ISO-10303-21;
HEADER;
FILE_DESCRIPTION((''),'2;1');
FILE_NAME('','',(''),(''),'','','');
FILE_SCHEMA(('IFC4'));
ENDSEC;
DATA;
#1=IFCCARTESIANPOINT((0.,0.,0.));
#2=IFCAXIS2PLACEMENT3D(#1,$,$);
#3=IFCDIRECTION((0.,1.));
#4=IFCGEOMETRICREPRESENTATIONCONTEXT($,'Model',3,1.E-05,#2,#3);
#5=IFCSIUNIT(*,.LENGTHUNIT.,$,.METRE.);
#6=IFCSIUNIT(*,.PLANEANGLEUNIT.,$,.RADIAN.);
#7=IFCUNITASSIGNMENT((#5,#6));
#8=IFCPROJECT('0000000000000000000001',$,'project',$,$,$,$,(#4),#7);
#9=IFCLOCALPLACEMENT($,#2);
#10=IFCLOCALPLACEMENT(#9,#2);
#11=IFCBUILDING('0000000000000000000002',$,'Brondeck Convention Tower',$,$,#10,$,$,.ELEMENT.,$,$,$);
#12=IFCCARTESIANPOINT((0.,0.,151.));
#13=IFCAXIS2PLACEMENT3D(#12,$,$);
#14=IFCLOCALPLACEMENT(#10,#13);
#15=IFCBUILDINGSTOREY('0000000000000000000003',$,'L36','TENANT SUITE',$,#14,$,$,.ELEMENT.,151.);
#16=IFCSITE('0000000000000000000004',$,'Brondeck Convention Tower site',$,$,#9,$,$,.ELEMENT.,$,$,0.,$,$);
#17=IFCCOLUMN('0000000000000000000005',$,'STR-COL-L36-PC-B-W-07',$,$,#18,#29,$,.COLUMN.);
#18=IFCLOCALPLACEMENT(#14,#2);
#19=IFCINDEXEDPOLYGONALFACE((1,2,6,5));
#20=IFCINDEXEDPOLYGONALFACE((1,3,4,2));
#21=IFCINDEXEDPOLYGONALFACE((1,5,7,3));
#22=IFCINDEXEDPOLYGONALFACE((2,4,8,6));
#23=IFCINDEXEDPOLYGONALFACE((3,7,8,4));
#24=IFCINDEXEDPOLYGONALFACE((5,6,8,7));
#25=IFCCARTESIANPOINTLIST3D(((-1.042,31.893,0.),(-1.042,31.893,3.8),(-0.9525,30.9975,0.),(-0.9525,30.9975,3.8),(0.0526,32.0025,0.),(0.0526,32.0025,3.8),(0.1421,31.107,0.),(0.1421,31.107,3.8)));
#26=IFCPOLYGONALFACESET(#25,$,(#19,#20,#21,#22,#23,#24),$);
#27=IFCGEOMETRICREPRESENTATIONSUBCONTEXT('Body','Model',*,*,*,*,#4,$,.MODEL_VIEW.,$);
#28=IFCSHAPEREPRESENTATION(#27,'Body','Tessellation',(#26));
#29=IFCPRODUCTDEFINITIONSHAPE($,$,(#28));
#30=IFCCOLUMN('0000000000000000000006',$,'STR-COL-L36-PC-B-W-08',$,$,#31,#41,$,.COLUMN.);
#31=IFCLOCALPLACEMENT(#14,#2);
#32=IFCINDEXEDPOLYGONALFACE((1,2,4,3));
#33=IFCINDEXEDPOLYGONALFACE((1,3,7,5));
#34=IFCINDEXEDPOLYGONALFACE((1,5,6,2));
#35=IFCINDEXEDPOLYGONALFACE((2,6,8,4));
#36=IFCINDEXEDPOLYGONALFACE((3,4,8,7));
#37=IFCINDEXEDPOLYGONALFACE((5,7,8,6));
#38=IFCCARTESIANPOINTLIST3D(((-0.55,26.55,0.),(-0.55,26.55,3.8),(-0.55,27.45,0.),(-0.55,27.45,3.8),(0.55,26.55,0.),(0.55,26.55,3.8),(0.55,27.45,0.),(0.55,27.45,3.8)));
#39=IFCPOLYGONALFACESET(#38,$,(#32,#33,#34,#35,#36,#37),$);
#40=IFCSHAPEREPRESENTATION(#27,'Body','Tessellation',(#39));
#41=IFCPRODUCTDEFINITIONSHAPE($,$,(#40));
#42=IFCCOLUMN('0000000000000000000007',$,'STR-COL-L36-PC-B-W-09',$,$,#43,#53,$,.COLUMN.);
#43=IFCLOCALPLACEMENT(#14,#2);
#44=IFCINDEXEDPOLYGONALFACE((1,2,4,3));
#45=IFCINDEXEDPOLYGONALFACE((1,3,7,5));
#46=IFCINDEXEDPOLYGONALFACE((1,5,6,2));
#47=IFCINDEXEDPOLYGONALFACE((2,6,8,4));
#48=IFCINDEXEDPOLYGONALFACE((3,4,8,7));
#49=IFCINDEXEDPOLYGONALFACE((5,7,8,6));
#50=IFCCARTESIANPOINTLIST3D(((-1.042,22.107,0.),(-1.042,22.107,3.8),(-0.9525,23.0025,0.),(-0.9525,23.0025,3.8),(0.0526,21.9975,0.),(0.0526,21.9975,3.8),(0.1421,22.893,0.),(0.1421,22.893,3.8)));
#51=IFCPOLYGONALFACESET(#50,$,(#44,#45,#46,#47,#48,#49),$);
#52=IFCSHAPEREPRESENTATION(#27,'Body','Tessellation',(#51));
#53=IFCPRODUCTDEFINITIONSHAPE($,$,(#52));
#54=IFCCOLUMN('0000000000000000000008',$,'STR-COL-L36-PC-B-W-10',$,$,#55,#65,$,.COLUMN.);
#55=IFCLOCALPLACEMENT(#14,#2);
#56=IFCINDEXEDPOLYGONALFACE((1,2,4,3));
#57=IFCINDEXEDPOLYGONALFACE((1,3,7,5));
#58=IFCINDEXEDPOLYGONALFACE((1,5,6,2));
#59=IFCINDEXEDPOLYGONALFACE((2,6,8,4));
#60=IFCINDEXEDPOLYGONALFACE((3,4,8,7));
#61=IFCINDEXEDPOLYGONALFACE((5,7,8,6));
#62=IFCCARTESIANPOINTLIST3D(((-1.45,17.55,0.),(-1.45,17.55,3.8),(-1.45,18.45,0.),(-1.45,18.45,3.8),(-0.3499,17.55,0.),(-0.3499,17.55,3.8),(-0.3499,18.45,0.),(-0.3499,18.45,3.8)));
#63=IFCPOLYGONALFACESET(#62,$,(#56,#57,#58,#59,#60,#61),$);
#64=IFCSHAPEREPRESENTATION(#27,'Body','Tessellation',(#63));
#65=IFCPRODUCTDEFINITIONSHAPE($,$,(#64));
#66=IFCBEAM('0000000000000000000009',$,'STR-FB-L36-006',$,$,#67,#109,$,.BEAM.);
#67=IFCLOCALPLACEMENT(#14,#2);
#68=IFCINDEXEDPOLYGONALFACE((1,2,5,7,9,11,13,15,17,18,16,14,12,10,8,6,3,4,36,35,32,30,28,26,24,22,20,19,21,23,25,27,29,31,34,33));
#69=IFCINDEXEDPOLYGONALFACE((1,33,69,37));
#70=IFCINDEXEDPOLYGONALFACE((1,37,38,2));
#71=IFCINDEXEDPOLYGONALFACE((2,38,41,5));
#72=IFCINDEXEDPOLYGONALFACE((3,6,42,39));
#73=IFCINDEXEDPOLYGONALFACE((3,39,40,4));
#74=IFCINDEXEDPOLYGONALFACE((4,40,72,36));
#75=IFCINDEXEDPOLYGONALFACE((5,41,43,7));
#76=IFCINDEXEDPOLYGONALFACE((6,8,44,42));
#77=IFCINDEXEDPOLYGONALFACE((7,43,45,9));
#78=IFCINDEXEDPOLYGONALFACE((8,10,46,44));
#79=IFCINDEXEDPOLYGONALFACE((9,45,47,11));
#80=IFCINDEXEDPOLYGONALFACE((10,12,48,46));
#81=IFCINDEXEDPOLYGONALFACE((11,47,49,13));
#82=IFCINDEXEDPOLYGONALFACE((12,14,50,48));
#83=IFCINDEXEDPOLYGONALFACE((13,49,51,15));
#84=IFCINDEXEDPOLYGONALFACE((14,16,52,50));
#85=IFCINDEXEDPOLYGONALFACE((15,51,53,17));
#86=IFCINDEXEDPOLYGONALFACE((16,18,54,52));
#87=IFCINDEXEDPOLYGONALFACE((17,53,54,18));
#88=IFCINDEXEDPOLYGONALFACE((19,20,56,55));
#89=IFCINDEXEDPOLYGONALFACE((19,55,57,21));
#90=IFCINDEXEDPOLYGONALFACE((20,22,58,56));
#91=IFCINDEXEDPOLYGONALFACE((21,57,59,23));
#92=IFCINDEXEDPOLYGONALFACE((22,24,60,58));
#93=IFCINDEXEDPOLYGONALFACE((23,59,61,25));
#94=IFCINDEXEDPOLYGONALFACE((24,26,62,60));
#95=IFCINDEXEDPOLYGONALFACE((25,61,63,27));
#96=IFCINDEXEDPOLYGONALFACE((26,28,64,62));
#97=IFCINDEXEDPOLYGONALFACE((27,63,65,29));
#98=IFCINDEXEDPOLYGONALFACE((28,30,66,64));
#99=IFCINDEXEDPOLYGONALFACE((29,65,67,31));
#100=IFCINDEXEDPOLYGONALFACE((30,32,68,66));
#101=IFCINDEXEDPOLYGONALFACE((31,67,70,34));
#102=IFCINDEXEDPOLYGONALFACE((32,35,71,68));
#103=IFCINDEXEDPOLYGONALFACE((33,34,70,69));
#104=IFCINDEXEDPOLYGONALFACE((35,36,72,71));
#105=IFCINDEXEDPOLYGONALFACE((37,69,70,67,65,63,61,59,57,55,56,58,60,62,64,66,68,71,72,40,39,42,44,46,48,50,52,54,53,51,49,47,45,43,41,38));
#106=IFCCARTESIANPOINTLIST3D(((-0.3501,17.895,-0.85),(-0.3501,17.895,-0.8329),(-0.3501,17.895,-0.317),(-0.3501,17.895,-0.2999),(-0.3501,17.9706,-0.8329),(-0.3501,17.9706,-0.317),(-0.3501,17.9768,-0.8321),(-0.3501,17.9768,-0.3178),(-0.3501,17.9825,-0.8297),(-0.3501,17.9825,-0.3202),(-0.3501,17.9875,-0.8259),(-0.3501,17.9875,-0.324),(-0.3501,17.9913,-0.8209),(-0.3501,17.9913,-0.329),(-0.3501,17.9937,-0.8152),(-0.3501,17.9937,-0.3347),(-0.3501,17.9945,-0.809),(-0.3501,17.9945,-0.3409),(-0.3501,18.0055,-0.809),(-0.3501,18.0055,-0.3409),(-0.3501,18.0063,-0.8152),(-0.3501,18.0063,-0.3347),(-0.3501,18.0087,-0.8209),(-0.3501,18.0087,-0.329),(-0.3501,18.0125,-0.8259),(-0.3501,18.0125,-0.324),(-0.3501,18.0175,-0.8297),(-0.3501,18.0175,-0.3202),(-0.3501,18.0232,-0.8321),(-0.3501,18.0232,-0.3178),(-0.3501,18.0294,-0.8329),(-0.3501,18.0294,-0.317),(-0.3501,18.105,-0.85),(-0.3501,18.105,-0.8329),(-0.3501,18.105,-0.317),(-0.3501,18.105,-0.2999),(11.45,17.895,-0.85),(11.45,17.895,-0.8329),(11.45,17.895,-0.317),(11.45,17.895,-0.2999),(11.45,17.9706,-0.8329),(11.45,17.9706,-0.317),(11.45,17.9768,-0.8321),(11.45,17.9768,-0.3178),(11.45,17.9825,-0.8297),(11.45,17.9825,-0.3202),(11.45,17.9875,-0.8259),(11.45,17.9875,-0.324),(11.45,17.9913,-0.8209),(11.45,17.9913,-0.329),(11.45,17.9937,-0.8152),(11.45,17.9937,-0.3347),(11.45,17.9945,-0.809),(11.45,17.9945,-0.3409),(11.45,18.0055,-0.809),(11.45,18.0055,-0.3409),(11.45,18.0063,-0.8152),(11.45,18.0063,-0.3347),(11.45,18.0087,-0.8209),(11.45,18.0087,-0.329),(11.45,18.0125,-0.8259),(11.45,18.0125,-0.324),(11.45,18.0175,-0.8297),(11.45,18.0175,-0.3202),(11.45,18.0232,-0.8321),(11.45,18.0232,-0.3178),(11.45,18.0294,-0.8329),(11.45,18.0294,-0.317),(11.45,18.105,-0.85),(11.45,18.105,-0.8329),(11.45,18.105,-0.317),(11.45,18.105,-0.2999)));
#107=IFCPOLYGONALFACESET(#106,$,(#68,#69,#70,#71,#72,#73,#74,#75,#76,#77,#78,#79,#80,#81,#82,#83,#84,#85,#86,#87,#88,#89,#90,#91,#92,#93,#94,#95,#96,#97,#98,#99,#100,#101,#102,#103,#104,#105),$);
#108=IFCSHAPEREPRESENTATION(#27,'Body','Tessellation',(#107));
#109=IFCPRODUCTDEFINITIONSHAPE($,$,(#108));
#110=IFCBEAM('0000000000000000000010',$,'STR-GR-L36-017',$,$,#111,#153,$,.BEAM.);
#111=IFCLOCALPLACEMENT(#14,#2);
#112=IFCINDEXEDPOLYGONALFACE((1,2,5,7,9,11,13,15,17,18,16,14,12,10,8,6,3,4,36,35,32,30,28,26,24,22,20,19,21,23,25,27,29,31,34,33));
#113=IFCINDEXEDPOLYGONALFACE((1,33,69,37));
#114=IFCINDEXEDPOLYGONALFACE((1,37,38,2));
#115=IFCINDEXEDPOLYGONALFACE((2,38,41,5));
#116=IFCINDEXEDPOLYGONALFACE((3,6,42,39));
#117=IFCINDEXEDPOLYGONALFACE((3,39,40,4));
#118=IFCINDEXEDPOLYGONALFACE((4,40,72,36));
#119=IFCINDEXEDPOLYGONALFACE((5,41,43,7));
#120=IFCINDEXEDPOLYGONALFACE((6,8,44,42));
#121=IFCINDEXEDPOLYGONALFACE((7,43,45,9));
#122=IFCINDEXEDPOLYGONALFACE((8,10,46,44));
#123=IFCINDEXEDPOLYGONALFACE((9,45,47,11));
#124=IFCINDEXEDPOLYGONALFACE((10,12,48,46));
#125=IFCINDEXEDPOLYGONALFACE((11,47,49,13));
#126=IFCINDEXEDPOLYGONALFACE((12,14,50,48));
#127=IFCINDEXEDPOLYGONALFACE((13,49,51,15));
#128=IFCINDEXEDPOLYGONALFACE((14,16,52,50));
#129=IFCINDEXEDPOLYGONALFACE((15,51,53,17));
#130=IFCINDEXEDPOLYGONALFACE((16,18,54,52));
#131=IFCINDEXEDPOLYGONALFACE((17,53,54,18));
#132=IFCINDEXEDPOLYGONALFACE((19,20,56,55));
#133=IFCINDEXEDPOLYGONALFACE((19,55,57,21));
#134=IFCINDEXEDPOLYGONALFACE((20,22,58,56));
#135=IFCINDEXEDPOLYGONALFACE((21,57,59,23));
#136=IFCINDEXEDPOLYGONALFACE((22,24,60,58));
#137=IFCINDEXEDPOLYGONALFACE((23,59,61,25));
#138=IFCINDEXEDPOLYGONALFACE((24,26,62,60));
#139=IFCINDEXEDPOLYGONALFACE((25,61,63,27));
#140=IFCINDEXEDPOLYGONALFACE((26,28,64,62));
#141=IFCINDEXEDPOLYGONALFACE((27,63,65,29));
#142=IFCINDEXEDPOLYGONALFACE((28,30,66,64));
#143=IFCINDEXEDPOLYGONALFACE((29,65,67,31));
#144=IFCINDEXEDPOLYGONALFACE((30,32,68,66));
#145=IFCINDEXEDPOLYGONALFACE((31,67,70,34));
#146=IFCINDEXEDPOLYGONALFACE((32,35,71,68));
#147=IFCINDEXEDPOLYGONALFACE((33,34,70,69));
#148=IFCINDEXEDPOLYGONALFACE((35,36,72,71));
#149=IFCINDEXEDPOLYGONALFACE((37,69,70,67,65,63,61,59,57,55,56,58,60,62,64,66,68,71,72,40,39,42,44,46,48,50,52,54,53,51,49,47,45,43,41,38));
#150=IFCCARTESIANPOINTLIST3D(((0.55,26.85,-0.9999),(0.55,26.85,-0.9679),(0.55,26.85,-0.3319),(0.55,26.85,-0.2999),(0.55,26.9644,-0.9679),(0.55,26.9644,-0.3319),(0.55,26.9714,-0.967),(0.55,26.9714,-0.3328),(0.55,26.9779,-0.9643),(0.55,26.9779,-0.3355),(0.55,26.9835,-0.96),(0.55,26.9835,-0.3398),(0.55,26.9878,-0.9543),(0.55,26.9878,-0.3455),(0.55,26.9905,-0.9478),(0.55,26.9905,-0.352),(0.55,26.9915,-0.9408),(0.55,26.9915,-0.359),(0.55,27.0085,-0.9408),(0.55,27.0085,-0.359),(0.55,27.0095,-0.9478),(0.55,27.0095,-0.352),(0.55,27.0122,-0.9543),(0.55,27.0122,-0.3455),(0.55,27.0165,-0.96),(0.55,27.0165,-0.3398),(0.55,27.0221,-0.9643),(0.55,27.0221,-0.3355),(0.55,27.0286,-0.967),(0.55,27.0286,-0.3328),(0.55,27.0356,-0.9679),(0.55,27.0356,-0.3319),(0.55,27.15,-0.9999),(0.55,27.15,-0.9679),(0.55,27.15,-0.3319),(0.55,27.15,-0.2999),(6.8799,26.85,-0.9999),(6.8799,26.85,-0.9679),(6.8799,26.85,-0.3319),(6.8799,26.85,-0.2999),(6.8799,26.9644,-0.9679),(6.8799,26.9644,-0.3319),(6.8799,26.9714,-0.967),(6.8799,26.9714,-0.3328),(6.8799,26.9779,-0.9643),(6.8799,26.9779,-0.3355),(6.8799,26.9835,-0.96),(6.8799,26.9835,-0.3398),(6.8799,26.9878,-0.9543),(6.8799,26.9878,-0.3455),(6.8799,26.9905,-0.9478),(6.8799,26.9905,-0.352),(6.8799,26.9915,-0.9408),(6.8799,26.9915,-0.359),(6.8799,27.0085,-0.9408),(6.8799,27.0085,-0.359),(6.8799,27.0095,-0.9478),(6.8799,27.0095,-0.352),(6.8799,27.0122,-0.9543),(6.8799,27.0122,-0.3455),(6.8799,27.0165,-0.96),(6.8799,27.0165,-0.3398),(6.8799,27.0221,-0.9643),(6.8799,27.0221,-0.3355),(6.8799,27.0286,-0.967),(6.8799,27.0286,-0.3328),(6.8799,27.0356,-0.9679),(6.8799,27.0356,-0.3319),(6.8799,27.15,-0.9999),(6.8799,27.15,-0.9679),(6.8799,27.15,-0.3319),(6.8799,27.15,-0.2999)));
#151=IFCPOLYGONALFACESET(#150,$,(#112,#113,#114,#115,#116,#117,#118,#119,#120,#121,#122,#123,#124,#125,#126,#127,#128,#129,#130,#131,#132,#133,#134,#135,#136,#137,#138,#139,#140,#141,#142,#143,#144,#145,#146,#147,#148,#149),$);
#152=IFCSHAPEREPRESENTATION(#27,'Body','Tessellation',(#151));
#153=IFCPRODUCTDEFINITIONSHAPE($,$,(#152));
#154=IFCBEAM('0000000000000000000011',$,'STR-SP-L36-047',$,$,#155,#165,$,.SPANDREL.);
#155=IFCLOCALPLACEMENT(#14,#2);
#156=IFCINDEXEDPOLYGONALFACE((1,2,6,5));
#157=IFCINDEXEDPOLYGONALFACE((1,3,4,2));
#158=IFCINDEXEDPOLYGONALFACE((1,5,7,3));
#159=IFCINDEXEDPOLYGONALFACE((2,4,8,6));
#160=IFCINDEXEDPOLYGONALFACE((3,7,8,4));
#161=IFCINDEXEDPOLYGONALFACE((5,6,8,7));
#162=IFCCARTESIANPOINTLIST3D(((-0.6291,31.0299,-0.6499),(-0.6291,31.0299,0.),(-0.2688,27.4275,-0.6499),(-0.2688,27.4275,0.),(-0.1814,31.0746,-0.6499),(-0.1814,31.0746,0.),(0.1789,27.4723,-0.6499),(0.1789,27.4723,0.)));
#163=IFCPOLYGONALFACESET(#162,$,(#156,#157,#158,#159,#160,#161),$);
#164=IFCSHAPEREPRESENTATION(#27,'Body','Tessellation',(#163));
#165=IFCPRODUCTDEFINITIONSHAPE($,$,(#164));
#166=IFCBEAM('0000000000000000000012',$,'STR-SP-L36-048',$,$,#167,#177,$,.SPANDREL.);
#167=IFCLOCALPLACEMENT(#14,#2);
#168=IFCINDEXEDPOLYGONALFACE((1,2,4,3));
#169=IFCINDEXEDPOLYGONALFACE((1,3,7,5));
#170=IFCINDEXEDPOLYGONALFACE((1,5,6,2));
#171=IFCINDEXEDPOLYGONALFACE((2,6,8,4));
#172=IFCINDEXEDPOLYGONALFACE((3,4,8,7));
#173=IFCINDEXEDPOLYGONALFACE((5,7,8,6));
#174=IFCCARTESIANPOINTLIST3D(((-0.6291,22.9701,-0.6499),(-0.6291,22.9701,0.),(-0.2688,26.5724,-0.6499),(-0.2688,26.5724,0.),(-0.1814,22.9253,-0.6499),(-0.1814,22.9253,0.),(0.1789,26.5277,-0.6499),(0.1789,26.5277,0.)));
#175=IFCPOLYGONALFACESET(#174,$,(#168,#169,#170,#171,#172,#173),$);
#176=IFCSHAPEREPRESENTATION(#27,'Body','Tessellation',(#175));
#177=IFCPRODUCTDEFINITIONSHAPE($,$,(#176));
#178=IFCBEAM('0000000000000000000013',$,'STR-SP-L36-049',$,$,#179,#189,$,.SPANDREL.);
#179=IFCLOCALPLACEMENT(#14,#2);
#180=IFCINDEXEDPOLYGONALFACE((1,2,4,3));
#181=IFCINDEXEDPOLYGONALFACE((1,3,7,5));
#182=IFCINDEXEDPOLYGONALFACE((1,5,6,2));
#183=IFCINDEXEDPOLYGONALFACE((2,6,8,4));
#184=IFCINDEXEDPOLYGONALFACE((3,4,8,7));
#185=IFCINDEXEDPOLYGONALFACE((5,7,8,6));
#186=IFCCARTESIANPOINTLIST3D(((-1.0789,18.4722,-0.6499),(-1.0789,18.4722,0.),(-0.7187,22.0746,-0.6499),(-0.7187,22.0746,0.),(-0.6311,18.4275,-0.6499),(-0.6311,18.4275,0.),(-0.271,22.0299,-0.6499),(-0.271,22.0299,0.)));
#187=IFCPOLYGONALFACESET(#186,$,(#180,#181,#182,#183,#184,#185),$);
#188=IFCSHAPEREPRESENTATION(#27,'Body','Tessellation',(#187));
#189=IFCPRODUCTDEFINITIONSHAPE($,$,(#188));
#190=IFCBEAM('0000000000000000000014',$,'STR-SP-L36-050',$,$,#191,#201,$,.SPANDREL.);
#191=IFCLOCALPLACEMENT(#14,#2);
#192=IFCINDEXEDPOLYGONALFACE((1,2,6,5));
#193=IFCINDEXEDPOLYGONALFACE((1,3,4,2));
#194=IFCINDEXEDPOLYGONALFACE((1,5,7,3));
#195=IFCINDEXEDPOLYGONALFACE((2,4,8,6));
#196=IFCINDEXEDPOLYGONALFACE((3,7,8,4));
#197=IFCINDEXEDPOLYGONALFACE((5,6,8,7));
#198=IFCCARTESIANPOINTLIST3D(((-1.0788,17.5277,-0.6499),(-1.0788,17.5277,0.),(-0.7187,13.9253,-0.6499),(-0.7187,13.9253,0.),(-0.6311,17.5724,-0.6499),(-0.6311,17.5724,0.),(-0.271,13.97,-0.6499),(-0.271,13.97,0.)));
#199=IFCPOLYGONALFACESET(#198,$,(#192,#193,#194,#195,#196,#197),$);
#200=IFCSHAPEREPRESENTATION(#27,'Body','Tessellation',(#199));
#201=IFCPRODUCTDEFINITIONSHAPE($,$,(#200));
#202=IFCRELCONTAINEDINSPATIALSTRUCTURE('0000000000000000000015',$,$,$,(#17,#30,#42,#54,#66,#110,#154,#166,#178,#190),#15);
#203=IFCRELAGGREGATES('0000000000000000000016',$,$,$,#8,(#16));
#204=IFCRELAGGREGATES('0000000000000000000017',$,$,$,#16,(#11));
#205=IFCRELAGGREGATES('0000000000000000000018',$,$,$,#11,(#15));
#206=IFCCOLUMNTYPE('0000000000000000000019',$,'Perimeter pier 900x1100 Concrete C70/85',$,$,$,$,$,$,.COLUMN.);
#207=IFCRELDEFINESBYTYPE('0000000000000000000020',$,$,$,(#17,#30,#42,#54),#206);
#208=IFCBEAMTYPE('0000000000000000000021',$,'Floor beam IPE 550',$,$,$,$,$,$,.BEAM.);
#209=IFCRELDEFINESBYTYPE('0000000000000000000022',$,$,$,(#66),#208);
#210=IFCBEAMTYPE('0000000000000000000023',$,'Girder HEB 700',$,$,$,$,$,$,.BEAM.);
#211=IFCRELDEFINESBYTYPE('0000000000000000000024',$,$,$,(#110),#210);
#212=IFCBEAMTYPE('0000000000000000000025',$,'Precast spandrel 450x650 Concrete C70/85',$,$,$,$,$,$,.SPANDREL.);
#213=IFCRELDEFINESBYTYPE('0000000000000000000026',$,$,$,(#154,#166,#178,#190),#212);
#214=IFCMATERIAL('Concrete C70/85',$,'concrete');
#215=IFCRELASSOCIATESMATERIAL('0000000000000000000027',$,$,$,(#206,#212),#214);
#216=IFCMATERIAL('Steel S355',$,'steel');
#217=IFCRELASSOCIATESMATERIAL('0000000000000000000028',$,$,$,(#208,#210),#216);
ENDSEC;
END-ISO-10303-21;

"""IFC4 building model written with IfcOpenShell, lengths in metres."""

from ifc_helpers import new_model, si_unit, direction, frame, origin, origin_2d, place, context, subcontext, project, spatial, rectangle, i_section, extrude, material, material_profile, profile_set, type_object, element, save


model = new_model("IFC4")

# Units and contexts
model_context = context("Model", 3, precision=1e-05, world=origin(), true_north=direction((0.0, 1.0)))
body_context = subcontext(model_context, "Body", "Model", "MODEL_VIEW")
ifc_project = project(units=[si_unit("LENGTHUNIT", "METRE"), si_unit("PLANEANGLEUNIT", "RADIAN")], contexts=[model_context])

# Site, building, storey
site_placement = place(None, origin())
site = spatial("IfcSite", under=ifc_project, at=site_placement, Name="Brondeck Convention Tower site", CompositionType="ELEMENT", RefElevation=0.0)
building_placement = place(site_placement, origin())
building = spatial("IfcBuilding", under=site, at=building_placement, Name="Brondeck Convention Tower", CompositionType="ELEMENT")
storey_placement = place(building_placement, frame((0.0, 0.0, 151.0)))
storey = spatial("IfcBuildingStorey", under=building, at=storey_placement, Name="L36", Description="TENANT SUITE", CompositionType="ELEMENT", Elevation=151.0)

# Columns
ifc_material_1 = material(Name="Concrete C70/85", Category="concrete")
ifc_material_profile_1 = material_profile(ifc_material_1, rectangle(XDim=0.8999, YDim=1.1001, at=origin_2d()), Name="Perimeter pier 900x1100 Concrete C70/85")
ifc_profile_set_1 = profile_set([ifc_material_profile_1], Name="Concrete C70/85")
column_type = type_object("IfcColumnType", Name="Perimeter pier 900x1100 Concrete C70/85", PredefinedType="COLUMN", material=ifc_profile_set_1)
for number, where, z_axis, x_axis, name in (
    (1, (-0.45, 31.5, 0.0), (0.0, 0.0, 1.0), (0.099504, -0.995037, 0.0), "STR-COL-L36-PC-B-W-07"),
    (2, (0.0, 27.0, 0.0), (0.0, 0.0, 1.0), (0.0, -1.0, 0.0), "STR-COL-L36-PC-B-W-08"),
    (3, (-0.45, 22.5, 0.0), (0.0, 0.0, 1.0), (-0.099504, -0.995037, 0.0), "STR-COL-L36-PC-B-W-09"),
    (4, (-0.8999, 18.0, 0.0), (0.0, 0.0, 1.0), (0.0, -1.0, 0.0), "STR-COL-L36-PC-B-W-10"),
):
    element("IfcColumn", number, at=place(storey_placement, frame(where, z_axis=z_axis, x_axis=x_axis)), inside=storey, type_object=column_type, Name=name, PredefinedType="COLUMN", context=body_context, shape_type="SweptSolid", body=[
        extrude(rectangle(XDim=0.8999, YDim=1.1001, at=origin_2d()), origin(), (0.0, 0.0, 1.0), 3.8),
    ])

# Beams
ifc_material_2 = material(Name="Steel S355", Category="steel")
ifc_material_profile_2 = material_profile(ifc_material_2, i_section(OverallWidth=0.21, OverallDepth=0.55, WebThickness=0.011, FlangeThickness=0.0171, FilletRadius=0.0239, at=origin_2d()), Name="IPE 550")
ifc_profile_set_2 = profile_set([ifc_material_profile_2], Name="Steel S355")
beam_type_1 = type_object("IfcBeamType", Name="Floor beam IPE 550", PredefinedType="BEAM", material=ifc_profile_set_2)
beam_1_placement = place(storey_placement, frame((-0.3501, 18.0, -0.575), z_axis=(1.0, 0.0, 0.0), x_axis=(0.0, 1.0, 0.0)))
element("IfcBeam", 5, at=beam_1_placement, inside=storey, type_object=beam_type_1, Name="STR-FB-L36-006", PredefinedType="BEAM", context=body_context, shape_type="SweptSolid", body=[
    extrude(i_section(OverallWidth=0.21, OverallDepth=0.55, WebThickness=0.011, FlangeThickness=0.0171, FilletRadius=0.0239, at=origin_2d()), origin(), (0.0, 0.0, 1.0), 11.8),
])
ifc_material_profile_3 = material_profile(ifc_material_2, i_section(OverallWidth=0.3, OverallDepth=0.7, WebThickness=0.0171, FlangeThickness=0.032, FilletRadius=0.0271, at=origin_2d()), Name="HEB 700")
ifc_profile_set_3 = profile_set([ifc_material_profile_3], Name="Steel S355")
beam_type_2 = type_object("IfcBeamType", Name="Girder HEB 700", PredefinedType="BEAM", material=ifc_profile_set_3)
beam_2_placement = place(storey_placement, frame((0.55, 27.0, -0.6499), z_axis=(1.0, 0.0, 0.0), x_axis=(0.0, 1.0, 0.0)))
element("IfcBeam", 6, at=beam_2_placement, inside=storey, type_object=beam_type_2, Name="STR-GR-L36-017", PredefinedType="BEAM", context=body_context, shape_type="SweptSolid", body=[
    extrude(i_section(OverallWidth=0.3, OverallDepth=0.7, WebThickness=0.0171, FlangeThickness=0.032, FilletRadius=0.0271, at=origin_2d()), origin(), (0.0, 0.0, 1.0), 6.3298),
])
ifc_material_profile_4 = material_profile(ifc_material_1, rectangle(XDim=0.45, YDim=0.6499, at=origin_2d()), Name="Precast spandrel 450x650 Concrete C70/85")
ifc_profile_set_4 = profile_set([ifc_material_profile_4], Name="Concrete C70/85")
beam_type_3 = type_object("IfcBeamType", Name="Precast spandrel 450x650 Concrete C70/85", PredefinedType="SPANDREL", material=ifc_profile_set_4)
for number, where, z_axis, x_axis, name in (
    (7, (-0.4053, 31.0522, -0.325), (0.099537, -0.995034, 0.0), (0.995034, 0.099537, 0.0), "STR-SP-L36-047"),
    (8, (-0.0449, 26.55, -0.325), (-0.099537, -0.995034, 0.0), (0.995034, -0.099537, 0.0), "STR-SP-L36-048"),
    (9, (-0.4949, 22.0522, -0.325), (-0.09947, -0.995041, 0.0), (0.995041, -0.09947, 0.0), "STR-SP-L36-049"),
    (10, (-0.855, 17.55, -0.325), (0.09947, -0.995041, 0.0), (0.995041, 0.09947, 0.0), "STR-SP-L36-050"),
):
    element("IfcBeam", number, at=place(storey_placement, frame(where, z_axis=z_axis, x_axis=x_axis)), inside=storey, type_object=beam_type_3, Name=name, PredefinedType="SPANDREL", context=body_context, shape_type="SweptSolid", body=[
        extrude(rectangle(XDim=0.45, YDim=0.6499, at=origin_2d()), origin(), (0.0, 0.0, 1.0), 3.6204),
    ])

save(model, "model.ifc")
